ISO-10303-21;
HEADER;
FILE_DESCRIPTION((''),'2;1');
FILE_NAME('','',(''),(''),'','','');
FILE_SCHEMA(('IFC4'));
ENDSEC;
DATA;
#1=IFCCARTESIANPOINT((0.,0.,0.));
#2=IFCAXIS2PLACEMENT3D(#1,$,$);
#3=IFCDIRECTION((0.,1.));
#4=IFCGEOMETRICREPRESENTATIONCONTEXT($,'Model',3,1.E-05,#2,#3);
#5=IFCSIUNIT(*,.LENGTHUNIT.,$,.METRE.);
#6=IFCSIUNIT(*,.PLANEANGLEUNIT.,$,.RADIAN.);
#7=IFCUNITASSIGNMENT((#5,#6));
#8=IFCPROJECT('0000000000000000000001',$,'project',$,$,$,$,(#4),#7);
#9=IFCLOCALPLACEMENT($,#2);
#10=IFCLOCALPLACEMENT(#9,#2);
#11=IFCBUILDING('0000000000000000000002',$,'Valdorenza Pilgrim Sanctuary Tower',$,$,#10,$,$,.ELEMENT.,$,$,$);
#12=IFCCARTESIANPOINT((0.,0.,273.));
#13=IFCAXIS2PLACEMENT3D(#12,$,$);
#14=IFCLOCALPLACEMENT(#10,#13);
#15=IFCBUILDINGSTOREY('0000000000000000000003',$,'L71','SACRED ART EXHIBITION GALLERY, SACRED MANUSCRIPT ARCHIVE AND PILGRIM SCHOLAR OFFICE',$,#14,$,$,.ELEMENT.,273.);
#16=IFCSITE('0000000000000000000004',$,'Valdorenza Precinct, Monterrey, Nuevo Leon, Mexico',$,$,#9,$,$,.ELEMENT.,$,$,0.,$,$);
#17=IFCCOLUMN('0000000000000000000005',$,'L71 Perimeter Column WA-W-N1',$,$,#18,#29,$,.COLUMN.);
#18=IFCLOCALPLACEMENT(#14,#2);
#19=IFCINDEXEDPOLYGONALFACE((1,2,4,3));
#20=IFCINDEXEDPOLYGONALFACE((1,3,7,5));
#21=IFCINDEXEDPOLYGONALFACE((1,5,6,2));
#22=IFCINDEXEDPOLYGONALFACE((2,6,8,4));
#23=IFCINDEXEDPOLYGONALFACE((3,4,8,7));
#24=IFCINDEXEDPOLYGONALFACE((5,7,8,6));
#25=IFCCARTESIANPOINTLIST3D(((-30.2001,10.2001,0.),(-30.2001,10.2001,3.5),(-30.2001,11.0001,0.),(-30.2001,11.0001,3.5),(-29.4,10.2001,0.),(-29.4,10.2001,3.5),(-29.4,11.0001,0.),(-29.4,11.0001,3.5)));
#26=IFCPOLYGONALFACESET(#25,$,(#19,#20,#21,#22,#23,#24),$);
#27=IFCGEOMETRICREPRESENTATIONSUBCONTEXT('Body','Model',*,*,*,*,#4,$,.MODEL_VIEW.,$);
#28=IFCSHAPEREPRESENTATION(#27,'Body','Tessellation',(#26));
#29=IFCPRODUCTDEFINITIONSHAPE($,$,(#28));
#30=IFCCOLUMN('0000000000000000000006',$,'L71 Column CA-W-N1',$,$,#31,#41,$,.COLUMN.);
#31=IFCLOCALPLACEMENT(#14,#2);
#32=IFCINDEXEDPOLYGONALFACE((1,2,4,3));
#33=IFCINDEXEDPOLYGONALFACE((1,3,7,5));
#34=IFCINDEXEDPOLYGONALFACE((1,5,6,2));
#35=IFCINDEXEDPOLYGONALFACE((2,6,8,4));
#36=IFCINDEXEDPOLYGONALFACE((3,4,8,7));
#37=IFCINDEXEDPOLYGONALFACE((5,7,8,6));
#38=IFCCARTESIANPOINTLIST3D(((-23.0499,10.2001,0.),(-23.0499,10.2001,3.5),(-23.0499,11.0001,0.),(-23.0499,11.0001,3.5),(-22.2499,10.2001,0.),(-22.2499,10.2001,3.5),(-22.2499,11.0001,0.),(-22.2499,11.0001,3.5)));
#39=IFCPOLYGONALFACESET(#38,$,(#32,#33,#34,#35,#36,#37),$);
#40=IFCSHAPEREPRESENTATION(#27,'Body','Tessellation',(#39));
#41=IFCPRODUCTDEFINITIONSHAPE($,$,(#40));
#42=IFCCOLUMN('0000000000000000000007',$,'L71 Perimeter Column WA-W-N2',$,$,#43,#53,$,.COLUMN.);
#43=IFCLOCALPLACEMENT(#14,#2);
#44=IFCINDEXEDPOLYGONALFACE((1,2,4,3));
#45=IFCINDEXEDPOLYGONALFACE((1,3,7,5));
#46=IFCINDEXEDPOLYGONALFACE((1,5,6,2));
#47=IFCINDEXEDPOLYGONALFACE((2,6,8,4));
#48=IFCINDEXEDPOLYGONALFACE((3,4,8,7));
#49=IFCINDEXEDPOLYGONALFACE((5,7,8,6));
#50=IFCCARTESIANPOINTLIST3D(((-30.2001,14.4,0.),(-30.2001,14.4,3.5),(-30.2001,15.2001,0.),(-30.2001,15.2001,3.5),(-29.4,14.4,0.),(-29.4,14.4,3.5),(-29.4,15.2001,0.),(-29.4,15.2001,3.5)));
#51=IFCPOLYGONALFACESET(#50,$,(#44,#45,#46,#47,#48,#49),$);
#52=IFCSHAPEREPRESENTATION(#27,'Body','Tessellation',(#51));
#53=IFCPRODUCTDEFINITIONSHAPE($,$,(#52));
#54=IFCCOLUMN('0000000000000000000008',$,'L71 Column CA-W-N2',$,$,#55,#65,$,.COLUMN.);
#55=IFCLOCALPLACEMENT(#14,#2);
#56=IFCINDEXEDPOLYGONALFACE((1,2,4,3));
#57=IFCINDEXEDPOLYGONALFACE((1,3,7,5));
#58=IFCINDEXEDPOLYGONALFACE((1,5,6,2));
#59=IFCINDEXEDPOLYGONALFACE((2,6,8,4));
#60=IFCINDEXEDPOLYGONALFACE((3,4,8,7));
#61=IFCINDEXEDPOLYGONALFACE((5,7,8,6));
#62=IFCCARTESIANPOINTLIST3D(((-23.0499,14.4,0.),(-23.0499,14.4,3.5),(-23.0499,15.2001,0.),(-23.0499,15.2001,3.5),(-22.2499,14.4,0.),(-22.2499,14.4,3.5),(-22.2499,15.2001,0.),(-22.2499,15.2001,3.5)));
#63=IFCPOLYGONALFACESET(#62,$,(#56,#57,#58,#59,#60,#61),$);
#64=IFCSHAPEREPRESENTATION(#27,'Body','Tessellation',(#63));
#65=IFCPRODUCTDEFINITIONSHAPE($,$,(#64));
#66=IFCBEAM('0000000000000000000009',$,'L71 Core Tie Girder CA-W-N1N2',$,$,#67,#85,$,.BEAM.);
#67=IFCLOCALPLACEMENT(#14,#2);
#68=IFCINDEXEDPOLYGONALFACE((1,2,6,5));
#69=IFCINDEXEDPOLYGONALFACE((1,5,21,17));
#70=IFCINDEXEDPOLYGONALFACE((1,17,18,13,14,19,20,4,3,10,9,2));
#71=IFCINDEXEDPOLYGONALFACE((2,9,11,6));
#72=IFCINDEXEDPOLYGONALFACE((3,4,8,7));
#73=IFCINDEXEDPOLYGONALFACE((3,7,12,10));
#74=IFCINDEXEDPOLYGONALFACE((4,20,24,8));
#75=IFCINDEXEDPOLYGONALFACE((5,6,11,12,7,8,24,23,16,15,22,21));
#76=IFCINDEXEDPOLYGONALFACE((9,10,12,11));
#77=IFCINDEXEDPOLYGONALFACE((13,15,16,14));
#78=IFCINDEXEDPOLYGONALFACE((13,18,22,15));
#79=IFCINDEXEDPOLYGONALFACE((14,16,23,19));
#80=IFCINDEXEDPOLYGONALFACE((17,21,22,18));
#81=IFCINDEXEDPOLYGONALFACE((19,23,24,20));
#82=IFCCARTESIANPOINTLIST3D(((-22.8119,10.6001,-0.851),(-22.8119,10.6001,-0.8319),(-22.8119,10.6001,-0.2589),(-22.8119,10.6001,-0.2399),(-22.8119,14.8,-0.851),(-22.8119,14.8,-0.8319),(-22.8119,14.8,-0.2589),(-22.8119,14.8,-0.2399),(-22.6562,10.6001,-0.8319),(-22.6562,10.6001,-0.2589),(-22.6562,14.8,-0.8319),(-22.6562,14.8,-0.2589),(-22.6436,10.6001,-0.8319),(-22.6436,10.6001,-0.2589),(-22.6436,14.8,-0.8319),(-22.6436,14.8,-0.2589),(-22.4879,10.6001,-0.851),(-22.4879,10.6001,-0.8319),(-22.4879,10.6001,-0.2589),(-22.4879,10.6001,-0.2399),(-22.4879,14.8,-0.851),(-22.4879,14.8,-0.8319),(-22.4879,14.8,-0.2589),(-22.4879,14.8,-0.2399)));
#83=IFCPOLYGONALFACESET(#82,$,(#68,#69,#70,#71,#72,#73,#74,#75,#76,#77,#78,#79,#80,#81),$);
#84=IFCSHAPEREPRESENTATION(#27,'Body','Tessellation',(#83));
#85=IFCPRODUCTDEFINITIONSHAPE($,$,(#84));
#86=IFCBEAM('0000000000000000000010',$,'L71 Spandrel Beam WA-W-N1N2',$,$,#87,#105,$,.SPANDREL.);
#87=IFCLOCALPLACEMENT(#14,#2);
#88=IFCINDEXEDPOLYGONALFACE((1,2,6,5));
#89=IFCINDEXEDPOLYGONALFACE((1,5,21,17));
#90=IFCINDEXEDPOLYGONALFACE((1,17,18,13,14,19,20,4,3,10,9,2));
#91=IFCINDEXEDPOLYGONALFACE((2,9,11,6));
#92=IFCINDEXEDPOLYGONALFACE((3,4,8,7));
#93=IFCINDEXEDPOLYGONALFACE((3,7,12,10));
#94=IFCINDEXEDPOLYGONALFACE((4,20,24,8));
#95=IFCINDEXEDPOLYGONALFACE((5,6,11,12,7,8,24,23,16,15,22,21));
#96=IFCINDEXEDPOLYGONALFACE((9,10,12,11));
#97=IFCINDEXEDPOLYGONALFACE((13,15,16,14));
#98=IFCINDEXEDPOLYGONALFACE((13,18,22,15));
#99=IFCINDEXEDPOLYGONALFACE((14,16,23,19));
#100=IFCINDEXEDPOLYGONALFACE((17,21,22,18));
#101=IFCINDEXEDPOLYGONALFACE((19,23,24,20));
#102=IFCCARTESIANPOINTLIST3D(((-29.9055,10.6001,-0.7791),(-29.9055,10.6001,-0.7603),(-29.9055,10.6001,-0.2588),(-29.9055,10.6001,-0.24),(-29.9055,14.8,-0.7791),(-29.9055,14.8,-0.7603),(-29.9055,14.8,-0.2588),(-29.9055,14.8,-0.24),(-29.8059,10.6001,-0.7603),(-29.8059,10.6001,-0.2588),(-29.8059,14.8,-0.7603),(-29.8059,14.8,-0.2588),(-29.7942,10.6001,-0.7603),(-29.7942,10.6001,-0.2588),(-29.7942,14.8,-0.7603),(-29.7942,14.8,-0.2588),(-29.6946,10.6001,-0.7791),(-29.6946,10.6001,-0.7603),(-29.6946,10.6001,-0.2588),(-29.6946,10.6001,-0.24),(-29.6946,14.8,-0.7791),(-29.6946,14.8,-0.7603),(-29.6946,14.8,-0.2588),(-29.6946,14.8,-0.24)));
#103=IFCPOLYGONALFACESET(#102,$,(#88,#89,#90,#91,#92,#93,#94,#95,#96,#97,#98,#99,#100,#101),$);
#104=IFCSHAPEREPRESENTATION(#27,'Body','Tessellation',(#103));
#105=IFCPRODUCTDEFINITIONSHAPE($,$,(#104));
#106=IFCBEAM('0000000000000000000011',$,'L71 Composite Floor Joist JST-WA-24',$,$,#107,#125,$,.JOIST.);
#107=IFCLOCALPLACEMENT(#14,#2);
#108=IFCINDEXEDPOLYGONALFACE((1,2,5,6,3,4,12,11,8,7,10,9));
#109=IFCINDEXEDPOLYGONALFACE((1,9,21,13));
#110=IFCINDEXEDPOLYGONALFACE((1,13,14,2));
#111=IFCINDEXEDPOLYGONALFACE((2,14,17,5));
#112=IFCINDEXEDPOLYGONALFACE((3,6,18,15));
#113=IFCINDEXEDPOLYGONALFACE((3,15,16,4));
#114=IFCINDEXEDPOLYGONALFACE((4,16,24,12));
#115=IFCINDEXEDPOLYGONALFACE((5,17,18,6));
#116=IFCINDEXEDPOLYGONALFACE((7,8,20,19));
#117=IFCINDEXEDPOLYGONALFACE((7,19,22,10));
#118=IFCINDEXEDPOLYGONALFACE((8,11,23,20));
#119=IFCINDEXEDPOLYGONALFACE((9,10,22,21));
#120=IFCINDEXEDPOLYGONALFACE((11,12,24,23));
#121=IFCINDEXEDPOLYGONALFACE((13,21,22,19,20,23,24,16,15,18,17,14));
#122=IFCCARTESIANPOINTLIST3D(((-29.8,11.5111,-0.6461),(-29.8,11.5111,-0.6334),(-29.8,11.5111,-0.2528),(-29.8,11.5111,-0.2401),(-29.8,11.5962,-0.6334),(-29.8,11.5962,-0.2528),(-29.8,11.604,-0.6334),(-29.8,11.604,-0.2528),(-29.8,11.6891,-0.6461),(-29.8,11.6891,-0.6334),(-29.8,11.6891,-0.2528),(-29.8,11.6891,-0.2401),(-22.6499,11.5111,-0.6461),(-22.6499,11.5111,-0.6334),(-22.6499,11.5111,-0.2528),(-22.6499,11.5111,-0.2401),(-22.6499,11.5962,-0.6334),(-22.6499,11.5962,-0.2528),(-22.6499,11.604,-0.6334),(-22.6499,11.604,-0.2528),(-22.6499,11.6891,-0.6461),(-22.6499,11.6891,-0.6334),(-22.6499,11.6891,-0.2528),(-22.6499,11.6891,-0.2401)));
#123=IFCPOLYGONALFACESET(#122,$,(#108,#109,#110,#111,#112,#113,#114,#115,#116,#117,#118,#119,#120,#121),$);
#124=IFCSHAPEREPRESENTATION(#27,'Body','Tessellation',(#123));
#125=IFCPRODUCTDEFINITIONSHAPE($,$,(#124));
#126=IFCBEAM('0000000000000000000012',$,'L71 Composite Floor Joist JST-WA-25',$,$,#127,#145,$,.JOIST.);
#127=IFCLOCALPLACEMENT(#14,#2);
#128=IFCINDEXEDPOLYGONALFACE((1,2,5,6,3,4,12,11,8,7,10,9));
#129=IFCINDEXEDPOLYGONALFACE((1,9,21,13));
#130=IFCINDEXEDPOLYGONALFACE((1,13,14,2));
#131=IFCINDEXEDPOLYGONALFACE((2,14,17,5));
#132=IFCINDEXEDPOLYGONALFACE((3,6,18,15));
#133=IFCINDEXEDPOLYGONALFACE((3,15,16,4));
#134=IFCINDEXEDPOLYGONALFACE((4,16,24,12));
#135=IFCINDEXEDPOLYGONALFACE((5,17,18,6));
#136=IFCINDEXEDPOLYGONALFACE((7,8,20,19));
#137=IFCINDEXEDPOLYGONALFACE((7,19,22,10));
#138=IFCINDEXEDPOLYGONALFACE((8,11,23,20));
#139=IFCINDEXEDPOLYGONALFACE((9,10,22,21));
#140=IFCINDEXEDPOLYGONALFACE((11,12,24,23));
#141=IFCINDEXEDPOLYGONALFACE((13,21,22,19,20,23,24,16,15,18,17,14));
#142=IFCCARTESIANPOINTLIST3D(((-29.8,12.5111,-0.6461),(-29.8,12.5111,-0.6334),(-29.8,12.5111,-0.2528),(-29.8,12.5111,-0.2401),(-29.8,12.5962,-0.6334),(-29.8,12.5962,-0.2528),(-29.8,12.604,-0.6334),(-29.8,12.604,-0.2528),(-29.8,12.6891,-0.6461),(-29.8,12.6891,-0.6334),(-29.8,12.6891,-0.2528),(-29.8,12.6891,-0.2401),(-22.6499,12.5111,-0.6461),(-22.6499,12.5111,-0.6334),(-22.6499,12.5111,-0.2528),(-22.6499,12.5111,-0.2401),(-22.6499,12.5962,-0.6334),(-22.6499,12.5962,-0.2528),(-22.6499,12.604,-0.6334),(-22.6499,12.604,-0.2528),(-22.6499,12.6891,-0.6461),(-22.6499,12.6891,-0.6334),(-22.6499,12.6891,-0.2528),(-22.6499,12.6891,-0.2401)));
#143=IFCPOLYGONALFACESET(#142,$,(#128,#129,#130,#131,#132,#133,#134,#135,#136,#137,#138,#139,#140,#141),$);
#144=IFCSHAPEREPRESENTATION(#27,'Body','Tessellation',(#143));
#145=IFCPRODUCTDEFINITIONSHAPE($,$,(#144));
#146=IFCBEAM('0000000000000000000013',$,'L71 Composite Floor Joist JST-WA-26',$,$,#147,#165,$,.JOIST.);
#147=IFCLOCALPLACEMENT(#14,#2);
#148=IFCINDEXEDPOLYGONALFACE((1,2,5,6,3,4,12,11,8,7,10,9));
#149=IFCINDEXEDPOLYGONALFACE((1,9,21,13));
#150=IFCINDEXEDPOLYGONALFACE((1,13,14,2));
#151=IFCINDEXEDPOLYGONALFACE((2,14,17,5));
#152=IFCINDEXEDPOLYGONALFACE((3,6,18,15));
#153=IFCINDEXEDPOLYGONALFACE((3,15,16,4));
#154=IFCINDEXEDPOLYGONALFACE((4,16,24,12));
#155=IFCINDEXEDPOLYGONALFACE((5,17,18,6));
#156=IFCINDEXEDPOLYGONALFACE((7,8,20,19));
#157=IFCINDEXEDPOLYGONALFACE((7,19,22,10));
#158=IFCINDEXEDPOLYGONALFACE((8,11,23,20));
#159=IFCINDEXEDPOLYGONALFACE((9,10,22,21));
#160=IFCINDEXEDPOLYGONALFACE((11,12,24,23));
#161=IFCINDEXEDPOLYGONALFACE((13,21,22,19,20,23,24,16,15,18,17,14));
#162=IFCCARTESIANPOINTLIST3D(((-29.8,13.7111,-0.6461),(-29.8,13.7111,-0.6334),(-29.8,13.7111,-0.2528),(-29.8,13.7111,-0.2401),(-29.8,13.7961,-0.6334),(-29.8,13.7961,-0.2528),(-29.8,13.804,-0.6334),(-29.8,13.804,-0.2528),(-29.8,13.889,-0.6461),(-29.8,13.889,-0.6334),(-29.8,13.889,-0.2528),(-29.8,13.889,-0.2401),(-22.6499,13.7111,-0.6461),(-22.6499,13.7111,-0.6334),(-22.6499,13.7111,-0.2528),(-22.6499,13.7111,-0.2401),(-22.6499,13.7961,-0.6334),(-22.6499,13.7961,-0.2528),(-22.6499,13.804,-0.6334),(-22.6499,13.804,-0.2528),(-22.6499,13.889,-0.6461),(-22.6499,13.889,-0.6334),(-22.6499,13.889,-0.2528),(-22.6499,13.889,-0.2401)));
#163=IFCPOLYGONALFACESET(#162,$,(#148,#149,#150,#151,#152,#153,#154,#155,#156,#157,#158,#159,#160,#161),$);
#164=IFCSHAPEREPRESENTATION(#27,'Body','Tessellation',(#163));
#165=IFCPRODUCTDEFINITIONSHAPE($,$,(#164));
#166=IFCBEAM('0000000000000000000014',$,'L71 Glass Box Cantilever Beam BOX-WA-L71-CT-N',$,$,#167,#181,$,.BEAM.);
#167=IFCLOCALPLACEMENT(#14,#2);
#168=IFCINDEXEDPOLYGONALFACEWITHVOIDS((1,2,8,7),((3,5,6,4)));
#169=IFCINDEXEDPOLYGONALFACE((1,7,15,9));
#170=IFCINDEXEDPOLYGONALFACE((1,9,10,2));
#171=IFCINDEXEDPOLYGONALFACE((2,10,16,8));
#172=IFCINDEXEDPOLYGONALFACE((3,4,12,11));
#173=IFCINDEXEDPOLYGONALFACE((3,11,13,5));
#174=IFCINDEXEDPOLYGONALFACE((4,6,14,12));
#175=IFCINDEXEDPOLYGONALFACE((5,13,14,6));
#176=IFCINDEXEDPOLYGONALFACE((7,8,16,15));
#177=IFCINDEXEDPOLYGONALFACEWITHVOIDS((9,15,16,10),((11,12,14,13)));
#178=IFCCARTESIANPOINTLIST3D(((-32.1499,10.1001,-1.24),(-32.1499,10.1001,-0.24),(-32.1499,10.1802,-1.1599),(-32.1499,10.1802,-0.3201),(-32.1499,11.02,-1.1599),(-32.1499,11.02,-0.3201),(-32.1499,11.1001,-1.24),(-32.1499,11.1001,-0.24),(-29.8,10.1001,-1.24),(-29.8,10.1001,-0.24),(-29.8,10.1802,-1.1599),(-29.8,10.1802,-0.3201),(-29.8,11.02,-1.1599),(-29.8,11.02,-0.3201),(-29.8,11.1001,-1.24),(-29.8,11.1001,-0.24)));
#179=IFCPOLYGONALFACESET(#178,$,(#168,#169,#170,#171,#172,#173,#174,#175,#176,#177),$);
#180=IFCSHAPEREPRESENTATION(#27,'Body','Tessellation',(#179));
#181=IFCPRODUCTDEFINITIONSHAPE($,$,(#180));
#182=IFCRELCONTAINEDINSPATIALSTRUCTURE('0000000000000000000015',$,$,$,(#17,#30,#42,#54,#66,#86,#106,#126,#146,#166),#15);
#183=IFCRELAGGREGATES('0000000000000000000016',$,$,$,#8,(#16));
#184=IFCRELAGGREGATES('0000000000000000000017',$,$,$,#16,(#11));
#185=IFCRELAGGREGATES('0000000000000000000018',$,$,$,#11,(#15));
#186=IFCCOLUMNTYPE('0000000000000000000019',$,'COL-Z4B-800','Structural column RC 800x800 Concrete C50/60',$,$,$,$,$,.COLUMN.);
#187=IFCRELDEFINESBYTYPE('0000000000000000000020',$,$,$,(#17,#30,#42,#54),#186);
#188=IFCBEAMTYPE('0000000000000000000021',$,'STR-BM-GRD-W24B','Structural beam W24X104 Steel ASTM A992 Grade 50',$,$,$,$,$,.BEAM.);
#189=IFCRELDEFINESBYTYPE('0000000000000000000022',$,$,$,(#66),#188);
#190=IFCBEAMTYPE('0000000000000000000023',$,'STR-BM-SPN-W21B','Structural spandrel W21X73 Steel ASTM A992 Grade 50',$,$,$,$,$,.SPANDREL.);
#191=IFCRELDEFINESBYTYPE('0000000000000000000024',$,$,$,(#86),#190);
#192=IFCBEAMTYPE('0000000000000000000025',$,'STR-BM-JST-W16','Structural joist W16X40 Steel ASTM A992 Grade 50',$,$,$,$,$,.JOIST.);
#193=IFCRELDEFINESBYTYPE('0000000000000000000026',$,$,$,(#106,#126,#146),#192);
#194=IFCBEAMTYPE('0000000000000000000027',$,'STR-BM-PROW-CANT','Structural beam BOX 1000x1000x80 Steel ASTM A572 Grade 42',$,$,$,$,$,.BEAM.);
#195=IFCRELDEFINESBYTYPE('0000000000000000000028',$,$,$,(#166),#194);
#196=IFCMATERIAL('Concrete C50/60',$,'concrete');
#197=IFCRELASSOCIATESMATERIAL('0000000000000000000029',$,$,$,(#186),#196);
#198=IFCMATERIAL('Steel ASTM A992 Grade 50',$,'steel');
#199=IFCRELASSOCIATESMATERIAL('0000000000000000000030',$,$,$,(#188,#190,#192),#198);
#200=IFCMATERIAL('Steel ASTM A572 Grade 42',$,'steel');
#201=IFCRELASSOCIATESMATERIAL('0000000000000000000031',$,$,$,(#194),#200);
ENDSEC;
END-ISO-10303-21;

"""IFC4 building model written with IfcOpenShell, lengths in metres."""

from ifc_helpers import new_model, si_unit, direction, frame, origin, origin_2d, place, context, subcontext, project, spatial, rectangle, hollow_rectangle, i_section, extrude, source, transform, mapped, material, material_profile, profile_set, type_object, element, save


model = new_model("IFC4")

# Units and contexts
model_context = context("Model", 3, precision=1e-05, world=origin(), true_north=direction((0.0, 1.0)))
body_context = subcontext(model_context, "Body", "Model", "MODEL_VIEW")
ifc_project = project(units=[si_unit("LENGTHUNIT", "METRE"), si_unit("PLANEANGLEUNIT", "RADIAN")], contexts=[model_context])

# Site, building, storey
site_placement = place(None, origin())
site = spatial("IfcSite", under=ifc_project, at=site_placement, Name="Valdorenza Precinct, Monterrey, Nuevo Leon, Mexico", CompositionType="ELEMENT", RefElevation=0.0)
building_placement = place(site_placement, origin())
building = spatial("IfcBuilding", under=site, at=building_placement, Name="Valdorenza Pilgrim Sanctuary Tower", CompositionType="ELEMENT")
storey_placement = place(building_placement, frame((0.0, 0.0, 273.0)))
storey = spatial("IfcBuildingStorey", under=building, at=storey_placement, Name="L71", Description="SACRED ART EXHIBITION GALLERY, SACRED MANUSCRIPT ARCHIVE AND PILGRIM SCHOLAR OFFICE", CompositionType="ELEMENT", Elevation=273.0)

# Columns
ifc_material_1 = material(Name="Concrete C50/60", Category="concrete")
ifc_material_profile_1 = material_profile(ifc_material_1, rectangle(XDim=0.8, YDim=0.8, at=origin_2d()), Name="RC 800x800")
ifc_profile_set_1 = profile_set([ifc_material_profile_1], Name="Concrete C50/60")
column_type = type_object("IfcColumnType", Name="COL-Z4B-800", Description="Structural column RC 800x800 Concrete C50/60", PredefinedType="COLUMN", material=ifc_profile_set_1)
shared_shape_1 = source(origin(), body_context, "Body", "SweptSolid", [
    extrude(rectangle(XDim=0.8, YDim=0.8, at=origin_2d()), origin(), (0.0, 0.0, 1.0), 3.5),
])
for number, where, z_axis, x_axis, name in (
    (1, (-29.8, 10.6001, 0.0), (0.0, 0.0, 1.0), (1.0, 0.0, 0.0), "L71 Perimeter Column WA-W-N1"),
    (2, (-22.6499, 10.6001, 0.0), (0.0, 0.0, 1.0), (1.0, 0.0, 0.0), "L71 Column CA-W-N1"),
    (3, (-29.8, 14.8, 0.0), (0.0, 0.0, 1.0), (1.0, 0.0, 0.0), "L71 Perimeter Column WA-W-N2"),
    (4, (-22.6499, 14.8, 0.0), (0.0, 0.0, 1.0), (1.0, 0.0, 0.0), "L71 Column CA-W-N2"),
):
    element("IfcColumn", number, at=place(storey_placement, frame(where, z_axis=z_axis, x_axis=x_axis)), inside=storey, type_object=column_type, Name=name, PredefinedType="COLUMN", context=body_context, shape_type="MappedRepresentation", body=[
        mapped(shared_shape_1, transform((0.0, 0.0, 0.0), x_axis=(1.0, 0.0, 0.0), y_axis=(0.0, 1.0, 0.0), z_axis=(0.0, 0.0, 1.0), scale=1.0)),
    ])

# Beams
ifc_material_2 = material(Name="Steel ASTM A992 Grade 50", Category="steel")
ifc_material_profile_2 = material_profile(ifc_material_2, i_section(OverallWidth=0.324, OverallDepth=0.6111, WebThickness=0.0127, FlangeThickness=0.019, at=origin_2d()), Name="W24X104")
ifc_profile_set_2 = profile_set([ifc_material_profile_2], Name="Steel ASTM A992 Grade 50")
beam_type_1 = type_object("IfcBeamType", Name="STR-BM-GRD-W24B", Description="Structural beam W24X104 Steel ASTM A992 Grade 50", PredefinedType="BEAM", material=ifc_profile_set_2)
shared_shape_2 = source(origin(), body_context, "Body", "SweptSolid", [
    extrude(i_section(OverallWidth=0.324, OverallDepth=0.6111, WebThickness=0.0127, FlangeThickness=0.019, at=origin_2d()), origin(), (0.0, 0.0, 1.0), 4.2),
])
beam_1_placement = place(storey_placement, frame((-22.6499, 10.6001, -0.5454), z_axis=(0.0, 1.0, 0.0), x_axis=(-1.0, 0.0, 0.0)))
element("IfcBeam", 5, at=beam_1_placement, inside=storey, type_object=beam_type_1, Name="L71 Core Tie Girder CA-W-N1N2", PredefinedType="BEAM", context=body_context, shape_type="MappedRepresentation", body=[
    mapped(shared_shape_2, transform((0.0, 0.0, 0.0), x_axis=(1.0, 0.0, 0.0), y_axis=(0.0, 1.0, 0.0), z_axis=(0.0, 0.0, 1.0), scale=1.0)),
])
ifc_material_profile_3 = material_profile(ifc_material_2, i_section(OverallWidth=0.2109, OverallDepth=0.5391, WebThickness=0.0117, FlangeThickness=0.0188, at=origin_2d()), Name="W21X73")
ifc_profile_set_3 = profile_set([ifc_material_profile_3], Name="Steel ASTM A992 Grade 50")
beam_type_2 = type_object("IfcBeamType", Name="STR-BM-SPN-W21B", Description="Structural spandrel W21X73 Steel ASTM A992 Grade 50", PredefinedType="SPANDREL", material=ifc_profile_set_3)
shared_shape_3 = source(origin(), body_context, "Body", "SweptSolid", [
    extrude(i_section(OverallWidth=0.2109, OverallDepth=0.5391, WebThickness=0.0117, FlangeThickness=0.0188, at=origin_2d()), origin(), (0.0, 0.0, 1.0), 4.2),
])
beam_2_placement = place(storey_placement, frame((-29.8, 10.6001, -0.5095), z_axis=(0.0, 1.0, 0.0), x_axis=(-1.0, 0.0, 0.0)))
element("IfcBeam", 6, at=beam_2_placement, inside=storey, type_object=beam_type_2, Name="L71 Spandrel Beam WA-W-N1N2", PredefinedType="SPANDREL", context=body_context, shape_type="MappedRepresentation", body=[
    mapped(shared_shape_3, transform((0.0, 0.0, 0.0), x_axis=(1.0, 0.0, 0.0), y_axis=(0.0, 1.0, 0.0), z_axis=(0.0, 0.0, 1.0), scale=1.0)),
])
ifc_material_profile_4 = material_profile(ifc_material_2, i_section(OverallWidth=0.178, OverallDepth=0.406, WebThickness=0.0078, FlangeThickness=0.0127, at=origin_2d()), Name="W16X40")
ifc_profile_set_4 = profile_set([ifc_material_profile_4], Name="Steel ASTM A992 Grade 50")
beam_type_3 = type_object("IfcBeamType", Name="STR-BM-JST-W16", Description="Structural joist W16X40 Steel ASTM A992 Grade 50", PredefinedType="JOIST", material=ifc_profile_set_4)
shared_shape_4 = source(origin(), body_context, "Body", "SweptSolid", [
    extrude(i_section(OverallWidth=0.178, OverallDepth=0.406, WebThickness=0.0078, FlangeThickness=0.0127, at=origin_2d()), origin(), (0.0, 0.0, 1.0), 7.1501),
])
for number, where, z_axis, x_axis, name in (
    (7, (-29.8, 11.6001, -0.4431), (1.0, 0.0, 0.0), (0.0, 1.0, 0.0), "L71 Composite Floor Joist JST-WA-24"),
    (8, (-29.8, 12.6001, -0.4431), (1.0, 0.0, 0.0), (0.0, 1.0, 0.0), "L71 Composite Floor Joist JST-WA-25"),
    (9, (-29.8, 13.8, -0.4431), (1.0, 0.0, 0.0), (0.0, 1.0, 0.0), "L71 Composite Floor Joist JST-WA-26"),
):
    element("IfcBeam", number, at=place(storey_placement, frame(where, z_axis=z_axis, x_axis=x_axis)), inside=storey, type_object=beam_type_3, Name=name, PredefinedType="JOIST", context=body_context, shape_type="MappedRepresentation", body=[
        mapped(shared_shape_4, transform((0.0, 0.0, 0.0), x_axis=(1.0, 0.0, 0.0), y_axis=(0.0, 1.0, 0.0), z_axis=(0.0, 0.0, 1.0), scale=1.0)),
    ])
ifc_material_3 = material(Name="Steel ASTM A572 Grade 42", Category="steel")
ifc_material_profile_5 = material_profile(ifc_material_3, hollow_rectangle(XDim=1.0, YDim=1.0, WallThickness=0.0801, at=origin_2d()), Name="BOX 1000x1000x80")
ifc_profile_set_5 = profile_set([ifc_material_profile_5], Name="Steel ASTM A572 Grade 42")
beam_type_4 = type_object("IfcBeamType", Name="STR-BM-PROW-CANT", Description="Structural beam BOX 1000x1000x80 Steel ASTM A572 Grade 42", PredefinedType="BEAM", material=ifc_profile_set_5)
shared_shape_5 = source(origin(), body_context, "Body", "SweptSolid", [
    extrude(hollow_rectangle(XDim=1.0, YDim=1.0, WallThickness=0.0801, at=origin_2d()), origin(), (0.0, 0.0, 1.0), 2.3499),
])
beam_3_placement = place(storey_placement, frame((-29.8, 10.6001, -0.74), z_axis=(-1.0, 0.0, 0.0), x_axis=(0.0, -1.0, 0.0)))
element("IfcBeam", 10, at=beam_3_placement, inside=storey, type_object=beam_type_4, Name="L71 Glass Box Cantilever Beam BOX-WA-L71-CT-N", PredefinedType="BEAM", context=body_context, shape_type="MappedRepresentation", body=[
    mapped(shared_shape_5, transform((0.0, 0.0, 0.0), x_axis=(1.0, 0.0, 0.0), y_axis=(0.0, 1.0, 0.0), z_axis=(0.0, 0.0, 1.0), scale=1.0)),
])

save(model, "model.ifc")
